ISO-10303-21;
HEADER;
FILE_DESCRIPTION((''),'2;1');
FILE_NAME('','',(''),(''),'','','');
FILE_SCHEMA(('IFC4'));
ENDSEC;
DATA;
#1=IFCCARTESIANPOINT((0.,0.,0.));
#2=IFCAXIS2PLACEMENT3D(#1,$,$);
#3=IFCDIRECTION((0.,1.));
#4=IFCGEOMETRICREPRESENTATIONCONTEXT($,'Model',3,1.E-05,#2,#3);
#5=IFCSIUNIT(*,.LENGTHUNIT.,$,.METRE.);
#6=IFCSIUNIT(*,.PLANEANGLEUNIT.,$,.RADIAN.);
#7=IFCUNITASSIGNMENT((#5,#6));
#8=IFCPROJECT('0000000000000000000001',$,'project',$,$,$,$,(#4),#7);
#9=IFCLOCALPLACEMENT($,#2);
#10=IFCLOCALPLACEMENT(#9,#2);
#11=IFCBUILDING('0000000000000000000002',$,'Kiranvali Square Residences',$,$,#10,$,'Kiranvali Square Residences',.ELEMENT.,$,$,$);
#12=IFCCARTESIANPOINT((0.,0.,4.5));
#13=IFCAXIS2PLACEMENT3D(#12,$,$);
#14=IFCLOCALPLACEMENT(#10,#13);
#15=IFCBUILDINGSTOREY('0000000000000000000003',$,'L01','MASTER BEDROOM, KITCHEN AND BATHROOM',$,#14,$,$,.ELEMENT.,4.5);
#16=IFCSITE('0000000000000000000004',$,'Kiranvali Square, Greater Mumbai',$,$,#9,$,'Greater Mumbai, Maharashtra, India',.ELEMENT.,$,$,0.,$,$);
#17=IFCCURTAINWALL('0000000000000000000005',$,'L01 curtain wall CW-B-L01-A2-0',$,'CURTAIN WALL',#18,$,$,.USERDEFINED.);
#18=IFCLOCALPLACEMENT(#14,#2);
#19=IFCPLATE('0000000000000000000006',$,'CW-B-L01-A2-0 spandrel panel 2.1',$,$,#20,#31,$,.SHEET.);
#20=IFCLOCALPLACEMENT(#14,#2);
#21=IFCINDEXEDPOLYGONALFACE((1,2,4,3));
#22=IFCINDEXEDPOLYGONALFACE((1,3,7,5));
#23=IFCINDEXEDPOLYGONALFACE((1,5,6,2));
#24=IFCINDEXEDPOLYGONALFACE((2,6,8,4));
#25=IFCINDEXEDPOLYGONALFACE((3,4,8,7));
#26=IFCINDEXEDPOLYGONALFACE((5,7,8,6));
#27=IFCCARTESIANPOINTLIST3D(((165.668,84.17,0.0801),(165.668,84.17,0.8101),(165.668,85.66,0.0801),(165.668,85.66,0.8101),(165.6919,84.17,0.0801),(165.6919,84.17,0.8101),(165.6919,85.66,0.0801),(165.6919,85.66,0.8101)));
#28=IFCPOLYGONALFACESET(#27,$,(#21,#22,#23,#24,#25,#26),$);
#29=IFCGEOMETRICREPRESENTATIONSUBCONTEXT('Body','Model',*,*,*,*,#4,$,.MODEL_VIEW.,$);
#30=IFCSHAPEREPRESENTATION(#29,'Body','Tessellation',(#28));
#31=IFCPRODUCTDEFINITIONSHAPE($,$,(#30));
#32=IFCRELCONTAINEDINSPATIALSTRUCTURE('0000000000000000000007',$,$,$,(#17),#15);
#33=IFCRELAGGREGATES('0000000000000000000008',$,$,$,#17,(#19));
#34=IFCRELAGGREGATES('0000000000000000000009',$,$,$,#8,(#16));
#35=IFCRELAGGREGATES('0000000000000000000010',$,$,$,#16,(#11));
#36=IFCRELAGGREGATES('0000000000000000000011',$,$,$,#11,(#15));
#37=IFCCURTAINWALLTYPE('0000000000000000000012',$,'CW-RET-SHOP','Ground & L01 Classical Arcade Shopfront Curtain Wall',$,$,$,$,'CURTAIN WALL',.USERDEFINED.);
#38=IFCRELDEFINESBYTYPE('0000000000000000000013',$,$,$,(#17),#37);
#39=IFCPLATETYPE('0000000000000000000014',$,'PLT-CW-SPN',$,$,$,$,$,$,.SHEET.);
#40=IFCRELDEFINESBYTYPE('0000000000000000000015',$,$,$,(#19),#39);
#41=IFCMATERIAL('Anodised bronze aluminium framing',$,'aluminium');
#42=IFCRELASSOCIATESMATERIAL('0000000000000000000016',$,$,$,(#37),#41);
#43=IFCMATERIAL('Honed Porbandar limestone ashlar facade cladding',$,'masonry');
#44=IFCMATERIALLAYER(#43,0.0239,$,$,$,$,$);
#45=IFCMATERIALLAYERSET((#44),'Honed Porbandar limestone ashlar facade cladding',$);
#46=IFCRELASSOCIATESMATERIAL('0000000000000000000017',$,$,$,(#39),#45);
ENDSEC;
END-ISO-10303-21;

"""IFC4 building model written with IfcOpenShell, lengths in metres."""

from ifc_helpers import new_model, si_unit, direction, frame, origin, origin_2d, place, context, subcontext, project, spatial, rectangle, extrude, material, layer, layer_set, type_object, element, aggregate, save


model = new_model("IFC4")

# Units and contexts
model_context = context("Model", 3, precision=1e-05, world=origin(), true_north=direction((0.0, 1.0)))
body_context = subcontext(model_context, "Body", "Model", "MODEL_VIEW")
ifc_project = project(units=[si_unit("LENGTHUNIT", "METRE"), si_unit("PLANEANGLEUNIT", "RADIAN")], contexts=[model_context])

# Site, building, storey
site_placement = place(None, origin())
site = spatial("IfcSite", under=ifc_project, at=site_placement, Name="Kiranvali Square, Greater Mumbai", LongName="Greater Mumbai, Maharashtra, India", CompositionType="ELEMENT", RefElevation=0.0)
building_placement = place(site_placement, origin())
building = spatial("IfcBuilding", under=site, at=building_placement, Name="Kiranvali Square Residences", LongName="Kiranvali Square Residences", CompositionType="ELEMENT")
storey_placement = place(building_placement, frame((0.0, 0.0, 4.5)))
storey = spatial("IfcBuildingStorey", under=building, at=storey_placement, Name="L01", Description="MASTER BEDROOM, KITCHEN AND BATHROOM", CompositionType="ELEMENT", Elevation=4.5)

# Curtain wall
ifc_material_1 = material(Name="Anodised bronze aluminium framing", Category="aluminium")
curtain_wall_type = type_object("IfcCurtainWallType", Name="CW-RET-SHOP", Description="Ground & L01 Classical Arcade Shopfront Curtain Wall", ElementType="CURTAIN WALL", PredefinedType="USERDEFINED", material=ifc_material_1)
curtain_wall_1_placement = place(storey_placement, origin())
curtain_wall_1 = element("IfcCurtainWall", 1, at=curtain_wall_1_placement, inside=storey, type_object=curtain_wall_type, Name="L01 curtain wall CW-B-L01-A2-0", ObjectType="CURTAIN WALL", PredefinedType="USERDEFINED")

# Plate
ifc_material_2 = material(Name="Honed Porbandar limestone ashlar facade cladding", Category="masonry")
ifc_layer_1 = layer(ifc_material_2, 0.0239)
ifc_layer_set_1 = layer_set([ifc_layer_1], Name="Honed Porbandar limestone ashlar facade cladding")
plate_type_1 = type_object("IfcPlateType", Name="PLT-CW-SPN", PredefinedType="SHEET", material=ifc_layer_set_1)
plate_1_placement = place(storey_placement, frame((165.6799, 84.915, 0.0801), z_axis=(0.0, 0.0, 1.0), x_axis=(0.0, -1.0, 0.0)))
plate_1 = element("IfcPlate", 2, at=plate_1_placement, type_object=plate_type_1, Name="CW-B-L01-A2-0 spandrel panel 2.1", PredefinedType="SHEET", context=body_context, shape_type="SweptSolid", body=[
    extrude(rectangle(XDim=1.49, YDim=0.0239, at=origin_2d()), origin(), (0.0, 0.0, 1.0), 0.73),
])
aggregate(curtain_wall_1, [plate_1])

save(model, "model.ifc")
